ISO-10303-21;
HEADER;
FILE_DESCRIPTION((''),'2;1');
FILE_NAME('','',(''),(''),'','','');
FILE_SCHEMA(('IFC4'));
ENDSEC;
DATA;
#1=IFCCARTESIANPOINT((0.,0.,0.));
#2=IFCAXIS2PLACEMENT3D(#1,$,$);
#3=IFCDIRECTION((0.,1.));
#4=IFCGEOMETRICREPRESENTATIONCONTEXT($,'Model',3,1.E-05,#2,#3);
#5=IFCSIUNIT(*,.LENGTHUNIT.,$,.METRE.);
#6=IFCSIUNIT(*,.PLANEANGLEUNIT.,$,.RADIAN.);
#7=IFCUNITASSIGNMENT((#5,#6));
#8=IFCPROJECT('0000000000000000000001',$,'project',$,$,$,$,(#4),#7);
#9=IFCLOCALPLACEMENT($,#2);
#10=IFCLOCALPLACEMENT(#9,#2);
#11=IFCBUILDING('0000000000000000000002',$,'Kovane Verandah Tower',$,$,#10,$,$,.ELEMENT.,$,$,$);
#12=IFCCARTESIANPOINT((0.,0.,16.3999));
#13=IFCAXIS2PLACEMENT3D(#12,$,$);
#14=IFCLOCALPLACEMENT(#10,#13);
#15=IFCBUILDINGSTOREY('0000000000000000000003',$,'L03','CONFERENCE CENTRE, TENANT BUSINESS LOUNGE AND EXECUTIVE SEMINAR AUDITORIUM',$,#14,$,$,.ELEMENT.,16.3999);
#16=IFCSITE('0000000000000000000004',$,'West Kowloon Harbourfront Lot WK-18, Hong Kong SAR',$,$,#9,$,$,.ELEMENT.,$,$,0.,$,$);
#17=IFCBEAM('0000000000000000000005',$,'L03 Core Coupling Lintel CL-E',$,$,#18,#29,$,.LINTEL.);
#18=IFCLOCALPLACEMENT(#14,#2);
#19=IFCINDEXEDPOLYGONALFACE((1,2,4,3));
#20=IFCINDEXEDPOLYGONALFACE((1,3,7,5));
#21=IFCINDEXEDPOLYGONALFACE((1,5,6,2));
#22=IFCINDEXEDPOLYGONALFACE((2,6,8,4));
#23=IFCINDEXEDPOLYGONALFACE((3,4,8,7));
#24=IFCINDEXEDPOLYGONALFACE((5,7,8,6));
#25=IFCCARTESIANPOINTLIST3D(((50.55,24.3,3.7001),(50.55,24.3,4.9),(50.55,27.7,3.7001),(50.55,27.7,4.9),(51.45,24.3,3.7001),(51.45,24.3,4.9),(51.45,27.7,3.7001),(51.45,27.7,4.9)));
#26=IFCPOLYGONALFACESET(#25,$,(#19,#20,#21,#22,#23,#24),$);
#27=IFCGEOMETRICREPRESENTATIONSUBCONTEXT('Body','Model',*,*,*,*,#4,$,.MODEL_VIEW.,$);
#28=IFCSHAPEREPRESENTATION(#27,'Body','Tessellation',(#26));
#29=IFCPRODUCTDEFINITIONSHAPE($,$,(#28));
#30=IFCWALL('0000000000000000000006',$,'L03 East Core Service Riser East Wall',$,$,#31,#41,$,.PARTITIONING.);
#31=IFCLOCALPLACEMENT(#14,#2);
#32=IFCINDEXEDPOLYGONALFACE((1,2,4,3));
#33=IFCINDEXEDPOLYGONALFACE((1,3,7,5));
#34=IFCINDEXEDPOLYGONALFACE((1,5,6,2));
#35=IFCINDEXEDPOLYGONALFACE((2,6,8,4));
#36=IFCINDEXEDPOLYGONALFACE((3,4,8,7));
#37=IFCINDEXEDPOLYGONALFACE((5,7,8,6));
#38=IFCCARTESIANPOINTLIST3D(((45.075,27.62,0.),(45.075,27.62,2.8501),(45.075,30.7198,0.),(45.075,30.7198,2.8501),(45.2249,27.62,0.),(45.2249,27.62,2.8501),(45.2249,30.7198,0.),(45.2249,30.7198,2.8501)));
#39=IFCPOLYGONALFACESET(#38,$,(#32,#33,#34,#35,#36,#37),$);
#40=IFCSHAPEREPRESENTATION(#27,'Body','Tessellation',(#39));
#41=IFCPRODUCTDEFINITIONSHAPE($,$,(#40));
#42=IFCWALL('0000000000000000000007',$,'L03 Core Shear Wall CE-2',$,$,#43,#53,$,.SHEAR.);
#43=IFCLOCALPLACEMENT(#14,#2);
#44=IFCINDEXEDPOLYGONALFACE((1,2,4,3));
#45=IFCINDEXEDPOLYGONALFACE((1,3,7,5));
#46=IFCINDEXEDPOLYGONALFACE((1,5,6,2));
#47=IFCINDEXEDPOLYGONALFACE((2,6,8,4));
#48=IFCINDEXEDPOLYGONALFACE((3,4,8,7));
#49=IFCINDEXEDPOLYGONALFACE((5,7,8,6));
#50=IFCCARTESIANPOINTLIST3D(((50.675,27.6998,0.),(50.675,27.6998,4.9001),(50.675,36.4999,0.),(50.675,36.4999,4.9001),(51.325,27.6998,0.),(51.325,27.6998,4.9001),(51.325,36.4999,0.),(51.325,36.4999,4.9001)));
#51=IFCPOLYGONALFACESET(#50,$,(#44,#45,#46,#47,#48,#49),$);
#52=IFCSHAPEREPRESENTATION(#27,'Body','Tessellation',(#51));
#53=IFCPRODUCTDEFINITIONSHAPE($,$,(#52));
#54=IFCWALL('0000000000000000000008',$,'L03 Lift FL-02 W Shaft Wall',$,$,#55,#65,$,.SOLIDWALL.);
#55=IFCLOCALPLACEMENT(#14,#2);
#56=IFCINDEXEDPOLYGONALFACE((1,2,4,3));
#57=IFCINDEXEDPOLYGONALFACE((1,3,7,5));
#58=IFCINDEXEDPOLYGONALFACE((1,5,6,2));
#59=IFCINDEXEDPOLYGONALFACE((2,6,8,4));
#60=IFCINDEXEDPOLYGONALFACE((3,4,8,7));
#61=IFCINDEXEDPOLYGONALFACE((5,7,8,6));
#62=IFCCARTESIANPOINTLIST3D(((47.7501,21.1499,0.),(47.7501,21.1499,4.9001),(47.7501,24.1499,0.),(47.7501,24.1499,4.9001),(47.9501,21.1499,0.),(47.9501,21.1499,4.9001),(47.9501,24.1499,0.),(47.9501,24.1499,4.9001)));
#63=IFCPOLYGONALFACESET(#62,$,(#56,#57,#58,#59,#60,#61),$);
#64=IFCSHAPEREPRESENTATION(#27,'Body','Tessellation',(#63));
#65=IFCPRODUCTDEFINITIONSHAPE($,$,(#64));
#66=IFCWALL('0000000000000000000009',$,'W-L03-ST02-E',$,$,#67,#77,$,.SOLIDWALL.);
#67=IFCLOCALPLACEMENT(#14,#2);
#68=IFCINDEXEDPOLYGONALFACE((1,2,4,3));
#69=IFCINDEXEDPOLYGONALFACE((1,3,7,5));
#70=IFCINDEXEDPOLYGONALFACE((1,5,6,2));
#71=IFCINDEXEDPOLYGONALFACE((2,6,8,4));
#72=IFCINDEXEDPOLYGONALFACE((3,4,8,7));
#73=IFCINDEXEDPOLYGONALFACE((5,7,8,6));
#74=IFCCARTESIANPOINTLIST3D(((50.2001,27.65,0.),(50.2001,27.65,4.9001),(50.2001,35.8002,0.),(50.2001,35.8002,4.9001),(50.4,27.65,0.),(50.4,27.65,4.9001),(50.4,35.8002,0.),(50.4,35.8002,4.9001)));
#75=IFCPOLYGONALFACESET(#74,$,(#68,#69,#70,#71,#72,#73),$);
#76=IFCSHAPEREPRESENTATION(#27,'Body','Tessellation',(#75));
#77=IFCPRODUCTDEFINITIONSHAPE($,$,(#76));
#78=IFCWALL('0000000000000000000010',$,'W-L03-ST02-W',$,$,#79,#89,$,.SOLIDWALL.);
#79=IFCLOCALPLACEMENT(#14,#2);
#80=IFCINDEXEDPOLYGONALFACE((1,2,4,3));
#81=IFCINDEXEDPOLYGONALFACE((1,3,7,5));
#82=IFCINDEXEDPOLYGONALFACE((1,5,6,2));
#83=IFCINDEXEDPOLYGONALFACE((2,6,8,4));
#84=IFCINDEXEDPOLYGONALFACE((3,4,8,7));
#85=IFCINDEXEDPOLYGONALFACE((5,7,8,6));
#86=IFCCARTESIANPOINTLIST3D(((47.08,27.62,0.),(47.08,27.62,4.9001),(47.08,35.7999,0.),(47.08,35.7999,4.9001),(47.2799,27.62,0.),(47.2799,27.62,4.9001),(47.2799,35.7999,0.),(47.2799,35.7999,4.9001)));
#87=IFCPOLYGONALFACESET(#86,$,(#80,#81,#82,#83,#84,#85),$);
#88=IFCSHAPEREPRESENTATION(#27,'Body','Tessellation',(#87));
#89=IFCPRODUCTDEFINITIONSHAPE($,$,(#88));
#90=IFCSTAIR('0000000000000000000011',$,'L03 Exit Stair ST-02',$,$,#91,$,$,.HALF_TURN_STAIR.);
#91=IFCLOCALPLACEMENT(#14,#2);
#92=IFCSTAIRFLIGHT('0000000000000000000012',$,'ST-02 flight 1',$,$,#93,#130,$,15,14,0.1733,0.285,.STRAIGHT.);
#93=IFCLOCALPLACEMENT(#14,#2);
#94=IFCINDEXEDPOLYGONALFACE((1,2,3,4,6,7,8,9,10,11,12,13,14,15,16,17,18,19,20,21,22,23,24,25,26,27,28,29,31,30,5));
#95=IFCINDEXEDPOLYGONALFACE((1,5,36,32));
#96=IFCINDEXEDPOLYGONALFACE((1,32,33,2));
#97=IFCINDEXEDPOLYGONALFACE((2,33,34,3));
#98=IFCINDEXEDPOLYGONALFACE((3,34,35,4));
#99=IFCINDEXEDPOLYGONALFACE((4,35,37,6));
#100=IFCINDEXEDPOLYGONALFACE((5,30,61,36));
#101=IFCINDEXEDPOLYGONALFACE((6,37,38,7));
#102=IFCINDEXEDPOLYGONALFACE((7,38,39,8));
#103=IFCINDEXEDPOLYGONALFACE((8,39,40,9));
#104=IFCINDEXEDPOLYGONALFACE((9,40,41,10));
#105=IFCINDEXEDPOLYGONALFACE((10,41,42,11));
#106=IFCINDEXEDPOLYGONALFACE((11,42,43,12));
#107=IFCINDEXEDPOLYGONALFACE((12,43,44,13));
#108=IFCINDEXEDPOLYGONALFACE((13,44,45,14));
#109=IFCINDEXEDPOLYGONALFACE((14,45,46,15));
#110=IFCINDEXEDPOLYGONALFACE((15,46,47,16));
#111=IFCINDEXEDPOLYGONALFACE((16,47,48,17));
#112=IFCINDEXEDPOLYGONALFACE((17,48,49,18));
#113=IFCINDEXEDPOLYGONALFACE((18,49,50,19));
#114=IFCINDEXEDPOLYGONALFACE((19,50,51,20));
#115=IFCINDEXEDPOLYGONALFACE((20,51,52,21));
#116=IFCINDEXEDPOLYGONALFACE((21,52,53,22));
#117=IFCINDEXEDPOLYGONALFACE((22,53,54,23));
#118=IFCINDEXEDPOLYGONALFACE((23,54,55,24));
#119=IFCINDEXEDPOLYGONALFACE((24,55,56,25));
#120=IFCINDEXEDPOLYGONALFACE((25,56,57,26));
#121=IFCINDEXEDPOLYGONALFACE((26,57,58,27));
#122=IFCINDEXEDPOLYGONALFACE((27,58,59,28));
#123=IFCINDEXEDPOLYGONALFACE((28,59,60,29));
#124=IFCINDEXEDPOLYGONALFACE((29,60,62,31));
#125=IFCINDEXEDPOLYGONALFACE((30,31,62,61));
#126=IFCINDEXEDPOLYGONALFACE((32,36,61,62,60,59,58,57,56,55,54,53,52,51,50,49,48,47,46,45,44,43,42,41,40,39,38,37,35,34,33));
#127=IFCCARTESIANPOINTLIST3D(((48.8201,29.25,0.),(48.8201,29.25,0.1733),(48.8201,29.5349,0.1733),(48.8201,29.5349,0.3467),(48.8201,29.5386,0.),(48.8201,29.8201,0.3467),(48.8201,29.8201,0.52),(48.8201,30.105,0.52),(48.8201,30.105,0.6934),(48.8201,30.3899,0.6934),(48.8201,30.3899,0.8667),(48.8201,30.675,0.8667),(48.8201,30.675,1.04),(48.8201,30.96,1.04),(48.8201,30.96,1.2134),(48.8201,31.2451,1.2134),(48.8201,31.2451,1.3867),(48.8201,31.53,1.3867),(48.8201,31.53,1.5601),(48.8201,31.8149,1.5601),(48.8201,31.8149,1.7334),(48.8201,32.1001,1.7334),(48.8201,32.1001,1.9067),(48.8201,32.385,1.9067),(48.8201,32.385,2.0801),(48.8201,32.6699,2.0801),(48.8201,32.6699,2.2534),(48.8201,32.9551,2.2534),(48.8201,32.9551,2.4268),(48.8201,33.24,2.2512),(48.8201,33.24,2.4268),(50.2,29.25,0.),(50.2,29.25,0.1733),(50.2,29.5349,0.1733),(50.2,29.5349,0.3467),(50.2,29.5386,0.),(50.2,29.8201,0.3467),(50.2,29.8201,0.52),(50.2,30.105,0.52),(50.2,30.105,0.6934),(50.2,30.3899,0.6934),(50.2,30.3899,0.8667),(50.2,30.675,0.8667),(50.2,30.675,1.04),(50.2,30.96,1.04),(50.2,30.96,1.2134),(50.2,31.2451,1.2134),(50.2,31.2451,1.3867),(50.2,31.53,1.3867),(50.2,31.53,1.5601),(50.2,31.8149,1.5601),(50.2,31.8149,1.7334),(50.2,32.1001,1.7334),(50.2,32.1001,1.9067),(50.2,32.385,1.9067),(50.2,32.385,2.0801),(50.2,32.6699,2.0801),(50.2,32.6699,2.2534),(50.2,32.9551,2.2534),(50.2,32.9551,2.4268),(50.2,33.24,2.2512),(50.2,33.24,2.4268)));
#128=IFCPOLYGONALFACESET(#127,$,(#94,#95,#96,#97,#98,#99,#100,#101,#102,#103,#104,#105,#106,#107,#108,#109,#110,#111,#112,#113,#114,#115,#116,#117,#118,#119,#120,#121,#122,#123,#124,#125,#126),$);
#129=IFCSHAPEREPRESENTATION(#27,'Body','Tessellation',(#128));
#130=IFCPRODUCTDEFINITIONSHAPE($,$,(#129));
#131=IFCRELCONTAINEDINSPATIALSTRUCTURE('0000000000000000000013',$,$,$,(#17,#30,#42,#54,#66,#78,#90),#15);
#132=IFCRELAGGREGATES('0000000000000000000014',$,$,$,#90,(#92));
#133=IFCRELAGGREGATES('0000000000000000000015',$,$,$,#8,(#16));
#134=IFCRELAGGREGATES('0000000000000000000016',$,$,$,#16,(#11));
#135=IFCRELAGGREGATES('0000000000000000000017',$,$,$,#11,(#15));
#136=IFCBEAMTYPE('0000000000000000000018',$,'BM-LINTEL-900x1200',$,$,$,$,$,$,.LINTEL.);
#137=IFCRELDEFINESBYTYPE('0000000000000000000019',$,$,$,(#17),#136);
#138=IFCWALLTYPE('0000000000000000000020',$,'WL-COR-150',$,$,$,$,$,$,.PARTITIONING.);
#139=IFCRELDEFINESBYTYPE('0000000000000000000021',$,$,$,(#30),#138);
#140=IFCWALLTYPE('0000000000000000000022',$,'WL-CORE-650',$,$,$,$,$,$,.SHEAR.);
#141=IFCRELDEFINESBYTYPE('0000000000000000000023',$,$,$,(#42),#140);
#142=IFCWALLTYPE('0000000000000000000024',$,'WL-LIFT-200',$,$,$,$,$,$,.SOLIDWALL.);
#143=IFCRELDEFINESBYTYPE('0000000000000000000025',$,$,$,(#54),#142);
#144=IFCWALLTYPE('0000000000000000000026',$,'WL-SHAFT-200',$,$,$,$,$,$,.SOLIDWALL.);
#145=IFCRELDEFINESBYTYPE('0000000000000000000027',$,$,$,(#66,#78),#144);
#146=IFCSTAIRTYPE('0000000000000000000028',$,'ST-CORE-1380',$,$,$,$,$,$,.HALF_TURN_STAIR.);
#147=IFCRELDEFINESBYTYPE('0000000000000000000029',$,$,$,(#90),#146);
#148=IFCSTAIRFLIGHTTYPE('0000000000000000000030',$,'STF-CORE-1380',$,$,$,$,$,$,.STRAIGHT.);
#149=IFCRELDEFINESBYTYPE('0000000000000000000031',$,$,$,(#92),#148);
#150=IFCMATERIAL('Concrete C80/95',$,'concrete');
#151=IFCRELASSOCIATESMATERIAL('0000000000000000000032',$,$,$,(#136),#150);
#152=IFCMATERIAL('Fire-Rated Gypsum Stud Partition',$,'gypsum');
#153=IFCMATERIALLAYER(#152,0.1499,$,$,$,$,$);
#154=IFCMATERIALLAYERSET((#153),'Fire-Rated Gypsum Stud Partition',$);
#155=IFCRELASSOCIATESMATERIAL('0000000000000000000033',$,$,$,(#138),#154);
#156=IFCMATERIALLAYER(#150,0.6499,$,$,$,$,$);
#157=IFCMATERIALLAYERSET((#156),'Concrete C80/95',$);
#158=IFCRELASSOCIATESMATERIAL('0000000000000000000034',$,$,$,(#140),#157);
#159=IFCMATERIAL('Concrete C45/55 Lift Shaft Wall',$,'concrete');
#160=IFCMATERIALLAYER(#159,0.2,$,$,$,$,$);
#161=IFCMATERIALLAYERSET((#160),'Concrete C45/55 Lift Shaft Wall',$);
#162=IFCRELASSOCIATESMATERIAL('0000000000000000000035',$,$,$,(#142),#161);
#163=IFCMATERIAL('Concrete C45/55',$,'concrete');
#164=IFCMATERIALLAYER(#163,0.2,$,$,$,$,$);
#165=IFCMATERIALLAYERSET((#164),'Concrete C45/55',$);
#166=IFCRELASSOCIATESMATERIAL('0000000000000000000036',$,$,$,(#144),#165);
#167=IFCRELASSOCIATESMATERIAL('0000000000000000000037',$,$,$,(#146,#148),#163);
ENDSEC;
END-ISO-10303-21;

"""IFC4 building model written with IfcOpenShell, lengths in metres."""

from ifc_helpers import new_model, si_unit, direction, frame, frame_2d, origin, origin_2d, place, context, subcontext, project, spatial, polyline, rectangle, outline, extrude, material, layer, layer_set, material_profile, profile_set, type_object, element, aggregate, save


model = new_model("IFC4")

# Units and contexts
model_context = context("Model", 3, precision=1e-05, world=origin(), true_north=direction((0.0, 1.0)))
body_context = subcontext(model_context, "Body", "Model", "MODEL_VIEW")
ifc_project = project(units=[si_unit("LENGTHUNIT", "METRE"), si_unit("PLANEANGLEUNIT", "RADIAN")], contexts=[model_context])

# Site, building, storey
site_placement = place(None, origin())
site = spatial("IfcSite", under=ifc_project, at=site_placement, Name="West Kowloon Harbourfront Lot WK-18, Hong Kong SAR", CompositionType="ELEMENT", RefElevation=0.0)
building_placement = place(site_placement, origin())
building = spatial("IfcBuilding", under=site, at=building_placement, Name="Kovane Verandah Tower", CompositionType="ELEMENT")
storey_placement = place(building_placement, frame((0.0, 0.0, 16.3999)))
storey = spatial("IfcBuildingStorey", under=building, at=storey_placement, Name="L03", Description="CONFERENCE CENTRE, TENANT BUSINESS LOUNGE AND EXECUTIVE SEMINAR AUDITORIUM", CompositionType="ELEMENT", Elevation=16.3999)

# Beam
ifc_material_1 = material(Name="Concrete C80/95", Category="concrete")
ifc_material_profile = material_profile(ifc_material_1, rectangle(XDim=0.8999, YDim=1.2, at=origin_2d()), Name="RCB900x1200")
ifc_profile_set = profile_set([ifc_material_profile], Name="Concrete C80/95")
beam_type = type_object("IfcBeamType", Name="BM-LINTEL-900x1200", PredefinedType="LINTEL", material=ifc_profile_set)
beam_placement = place(storey_placement, frame((51.0, 24.3, 4.3), z_axis=(0.0, 1.0, 0.0), x_axis=(-1.0, 0.0, 0.0)))
element("IfcBeam", 1, at=beam_placement, inside=storey, type_object=beam_type, Name="L03 Core Coupling Lintel CL-E", PredefinedType="LINTEL", context=body_context, shape_type="SweptSolid", body=[
    extrude(rectangle(XDim=0.8999, YDim=1.2, at=origin_2d()), origin(), (0.0, 0.0, 1.0), 3.3999),
])

# Walls
ifc_material_2 = material(Name="Fire-Rated Gypsum Stud Partition", Category="gypsum")
ifc_layer_1 = layer(ifc_material_2, 0.1499)
ifc_layer_set_1 = layer_set([ifc_layer_1], Name="Fire-Rated Gypsum Stud Partition")
wall_type_1 = type_object("IfcWallType", Name="WL-COR-150", PredefinedType="PARTITIONING", material=ifc_layer_set_1)
wall_1_placement = place(storey_placement, frame((45.1499, 27.6201, 0.0), z_axis=(0.0, 0.0, 1.0), x_axis=(0.0, 1.0, 0.0)))
element("IfcWall", 2, at=wall_1_placement, inside=storey, type_object=wall_type_1, Name="L03 East Core Service Riser East Wall", PredefinedType="PARTITIONING", context=body_context, shape_type="SweptSolid", body=[
    extrude(rectangle(XDim=3.0999, YDim=0.1499, at=frame_2d((1.5498, 0.0))), origin(), (0.0, 0.0, 1.0), 2.8501),
])
ifc_layer_2 = layer(ifc_material_1, 0.6499)
ifc_layer_set_2 = layer_set([ifc_layer_2], Name="Concrete C80/95")
wall_type_2 = type_object("IfcWallType", Name="WL-CORE-650", PredefinedType="SHEAR", material=ifc_layer_set_2)
wall_2_placement = place(storey_placement, frame((51.0, 27.7, 0.0), z_axis=(0.0, 0.0, 1.0), x_axis=(0.0, 1.0, 0.0)))
element("IfcWall", 3, at=wall_2_placement, inside=storey, type_object=wall_type_2, Name="L03 Core Shear Wall CE-2", PredefinedType="SHEAR", context=body_context, shape_type="SweptSolid", body=[
    extrude(rectangle(XDim=8.8, YDim=0.6499, at=frame_2d((4.3999, 0.0))), origin(), (0.0, 0.0, 1.0), 4.9001),
])

# Shared definitions
ifc_material_3 = material(Name="Concrete C45/55 Lift Shaft Wall", Category="concrete")
ifc_layer_3 = layer(ifc_material_3, 0.2)
ifc_layer_set_3 = layer_set([ifc_layer_3], Name="Concrete C45/55 Lift Shaft Wall")
wall_type_3 = type_object("IfcWallType", Name="WL-LIFT-200", PredefinedType="SOLIDWALL", material=ifc_layer_set_3)

# Walls
wall_3_placement = place(storey_placement, frame((47.8501, 24.1499, 0.0), z_axis=(0.0, 0.0, 1.0), x_axis=(0.0, -1.0, 0.0)))
element("IfcWall", 4, at=wall_3_placement, inside=storey, type_object=wall_type_3, Name="L03 Lift FL-02 W Shaft Wall", PredefinedType="SOLIDWALL", context=body_context, shape_type="SweptSolid", body=[
    extrude(rectangle(XDim=3.0, YDim=0.2, at=frame_2d((1.5, 0.0))), origin(), (0.0, 0.0, 1.0), 4.9001),
])
ifc_material_4 = material(Name="Concrete C45/55", Category="concrete")
ifc_layer_4 = layer(ifc_material_4, 0.2)
ifc_layer_set_4 = layer_set([ifc_layer_4], Name="Concrete C45/55")
wall_type_4 = type_object("IfcWallType", Name="WL-SHAFT-200", PredefinedType="SOLIDWALL", material=ifc_layer_set_4)
wall_4_placement = place(storey_placement, frame((50.3, 27.6499, 0.0), z_axis=(0.0, 0.0, 1.0), x_axis=(0.0, 1.0, 0.0)))
element("IfcWall", 5, at=wall_4_placement, inside=storey, type_object=wall_type_4, Name="W-L03-ST02-E", PredefinedType="SOLIDWALL", context=body_context, shape_type="SweptSolid", body=[
    extrude(rectangle(XDim=8.1501, YDim=0.2, at=frame_2d((4.0752, 0.0))), origin(), (0.0, 0.0, 1.0), 4.9001),
])
wall_5_placement = place(storey_placement, frame((47.1799, 27.6201, 0.0), z_axis=(0.0, 0.0, 1.0), x_axis=(0.0, 1.0, 0.0)))
element("IfcWall", 6, at=wall_5_placement, inside=storey, type_object=wall_type_4, Name="W-L03-ST02-W", PredefinedType="SOLIDWALL", context=body_context, shape_type="SweptSolid", body=[
    extrude(rectangle(XDim=8.1799, YDim=0.2, at=frame_2d((4.0898, 0.0))), origin(), (0.0, 0.0, 1.0), 4.9001),
])

# Stair, stair flight
stair_type = type_object("IfcStairType", Name="ST-CORE-1380", PredefinedType="HALF_TURN_STAIR", material=ifc_material_4)
stair_placement = place(storey_placement, origin())
stair = element("IfcStair", 7, at=stair_placement, inside=storey, type_object=stair_type, Name="L03 Exit Stair ST-02", PredefinedType="HALF_TURN_STAIR")
stair_flight_type = type_object("IfcStairFlightType", Name="STF-CORE-1380", PredefinedType="STRAIGHT", material=ifc_material_4)
stair_flight_placement = place(storey_placement, frame((49.51, 29.25, 0.0), z_axis=(0.0, 0.0, 1.0), x_axis=(0.0, 1.0, 0.0)))
stair_flight = element("IfcStairFlight", 8, at=stair_flight_placement, type_object=stair_flight_type, Name="ST-02 flight 1", NumberOfRisers=15, NumberOfTreads=14, PredefinedType="STRAIGHT", RiserHeight=0.1733, TreadLength=0.285, context=body_context, shape_type="SweptSolid", body=[
    extrude(outline(polyline([(0.0, 0.0), (0.0, 0.1733), (0.2849, 0.1733), (0.2849, 0.3467), (0.5701, 0.3467), (0.5701, 0.52), (0.855, 0.52), (0.855, 0.6934), (1.1399, 0.6934), (1.1399, 0.8667), (1.425, 0.8667), (1.425, 1.04), (1.71, 1.04), (1.71, 1.2134), (1.9951, 1.2134), (1.9951, 1.3867), (2.28, 1.3867), (2.28, 1.5601), (2.5649, 1.5601), (2.5649, 1.7334), (2.8501, 1.7334), (2.8501, 1.9067), (3.135, 1.9067), (3.135, 2.0801), (3.4199, 2.0801), (3.4199, 2.2534), (3.7051, 2.2534), (3.7051, 2.4268), (3.99, 2.4268), (3.99, 2.6001), (3.99, 2.2512), (0.2886, 0.0), (0.0, 0.0)])), frame((0.0, 0.6899, 0.0), z_axis=(0.0, -1.0, 0.0), x_axis=(1.0, 0.0, 0.0)), (0.0, 0.0, 1.0), 1.3799),
])
aggregate(stair, [stair_flight])

save(model, "model.ifc")
